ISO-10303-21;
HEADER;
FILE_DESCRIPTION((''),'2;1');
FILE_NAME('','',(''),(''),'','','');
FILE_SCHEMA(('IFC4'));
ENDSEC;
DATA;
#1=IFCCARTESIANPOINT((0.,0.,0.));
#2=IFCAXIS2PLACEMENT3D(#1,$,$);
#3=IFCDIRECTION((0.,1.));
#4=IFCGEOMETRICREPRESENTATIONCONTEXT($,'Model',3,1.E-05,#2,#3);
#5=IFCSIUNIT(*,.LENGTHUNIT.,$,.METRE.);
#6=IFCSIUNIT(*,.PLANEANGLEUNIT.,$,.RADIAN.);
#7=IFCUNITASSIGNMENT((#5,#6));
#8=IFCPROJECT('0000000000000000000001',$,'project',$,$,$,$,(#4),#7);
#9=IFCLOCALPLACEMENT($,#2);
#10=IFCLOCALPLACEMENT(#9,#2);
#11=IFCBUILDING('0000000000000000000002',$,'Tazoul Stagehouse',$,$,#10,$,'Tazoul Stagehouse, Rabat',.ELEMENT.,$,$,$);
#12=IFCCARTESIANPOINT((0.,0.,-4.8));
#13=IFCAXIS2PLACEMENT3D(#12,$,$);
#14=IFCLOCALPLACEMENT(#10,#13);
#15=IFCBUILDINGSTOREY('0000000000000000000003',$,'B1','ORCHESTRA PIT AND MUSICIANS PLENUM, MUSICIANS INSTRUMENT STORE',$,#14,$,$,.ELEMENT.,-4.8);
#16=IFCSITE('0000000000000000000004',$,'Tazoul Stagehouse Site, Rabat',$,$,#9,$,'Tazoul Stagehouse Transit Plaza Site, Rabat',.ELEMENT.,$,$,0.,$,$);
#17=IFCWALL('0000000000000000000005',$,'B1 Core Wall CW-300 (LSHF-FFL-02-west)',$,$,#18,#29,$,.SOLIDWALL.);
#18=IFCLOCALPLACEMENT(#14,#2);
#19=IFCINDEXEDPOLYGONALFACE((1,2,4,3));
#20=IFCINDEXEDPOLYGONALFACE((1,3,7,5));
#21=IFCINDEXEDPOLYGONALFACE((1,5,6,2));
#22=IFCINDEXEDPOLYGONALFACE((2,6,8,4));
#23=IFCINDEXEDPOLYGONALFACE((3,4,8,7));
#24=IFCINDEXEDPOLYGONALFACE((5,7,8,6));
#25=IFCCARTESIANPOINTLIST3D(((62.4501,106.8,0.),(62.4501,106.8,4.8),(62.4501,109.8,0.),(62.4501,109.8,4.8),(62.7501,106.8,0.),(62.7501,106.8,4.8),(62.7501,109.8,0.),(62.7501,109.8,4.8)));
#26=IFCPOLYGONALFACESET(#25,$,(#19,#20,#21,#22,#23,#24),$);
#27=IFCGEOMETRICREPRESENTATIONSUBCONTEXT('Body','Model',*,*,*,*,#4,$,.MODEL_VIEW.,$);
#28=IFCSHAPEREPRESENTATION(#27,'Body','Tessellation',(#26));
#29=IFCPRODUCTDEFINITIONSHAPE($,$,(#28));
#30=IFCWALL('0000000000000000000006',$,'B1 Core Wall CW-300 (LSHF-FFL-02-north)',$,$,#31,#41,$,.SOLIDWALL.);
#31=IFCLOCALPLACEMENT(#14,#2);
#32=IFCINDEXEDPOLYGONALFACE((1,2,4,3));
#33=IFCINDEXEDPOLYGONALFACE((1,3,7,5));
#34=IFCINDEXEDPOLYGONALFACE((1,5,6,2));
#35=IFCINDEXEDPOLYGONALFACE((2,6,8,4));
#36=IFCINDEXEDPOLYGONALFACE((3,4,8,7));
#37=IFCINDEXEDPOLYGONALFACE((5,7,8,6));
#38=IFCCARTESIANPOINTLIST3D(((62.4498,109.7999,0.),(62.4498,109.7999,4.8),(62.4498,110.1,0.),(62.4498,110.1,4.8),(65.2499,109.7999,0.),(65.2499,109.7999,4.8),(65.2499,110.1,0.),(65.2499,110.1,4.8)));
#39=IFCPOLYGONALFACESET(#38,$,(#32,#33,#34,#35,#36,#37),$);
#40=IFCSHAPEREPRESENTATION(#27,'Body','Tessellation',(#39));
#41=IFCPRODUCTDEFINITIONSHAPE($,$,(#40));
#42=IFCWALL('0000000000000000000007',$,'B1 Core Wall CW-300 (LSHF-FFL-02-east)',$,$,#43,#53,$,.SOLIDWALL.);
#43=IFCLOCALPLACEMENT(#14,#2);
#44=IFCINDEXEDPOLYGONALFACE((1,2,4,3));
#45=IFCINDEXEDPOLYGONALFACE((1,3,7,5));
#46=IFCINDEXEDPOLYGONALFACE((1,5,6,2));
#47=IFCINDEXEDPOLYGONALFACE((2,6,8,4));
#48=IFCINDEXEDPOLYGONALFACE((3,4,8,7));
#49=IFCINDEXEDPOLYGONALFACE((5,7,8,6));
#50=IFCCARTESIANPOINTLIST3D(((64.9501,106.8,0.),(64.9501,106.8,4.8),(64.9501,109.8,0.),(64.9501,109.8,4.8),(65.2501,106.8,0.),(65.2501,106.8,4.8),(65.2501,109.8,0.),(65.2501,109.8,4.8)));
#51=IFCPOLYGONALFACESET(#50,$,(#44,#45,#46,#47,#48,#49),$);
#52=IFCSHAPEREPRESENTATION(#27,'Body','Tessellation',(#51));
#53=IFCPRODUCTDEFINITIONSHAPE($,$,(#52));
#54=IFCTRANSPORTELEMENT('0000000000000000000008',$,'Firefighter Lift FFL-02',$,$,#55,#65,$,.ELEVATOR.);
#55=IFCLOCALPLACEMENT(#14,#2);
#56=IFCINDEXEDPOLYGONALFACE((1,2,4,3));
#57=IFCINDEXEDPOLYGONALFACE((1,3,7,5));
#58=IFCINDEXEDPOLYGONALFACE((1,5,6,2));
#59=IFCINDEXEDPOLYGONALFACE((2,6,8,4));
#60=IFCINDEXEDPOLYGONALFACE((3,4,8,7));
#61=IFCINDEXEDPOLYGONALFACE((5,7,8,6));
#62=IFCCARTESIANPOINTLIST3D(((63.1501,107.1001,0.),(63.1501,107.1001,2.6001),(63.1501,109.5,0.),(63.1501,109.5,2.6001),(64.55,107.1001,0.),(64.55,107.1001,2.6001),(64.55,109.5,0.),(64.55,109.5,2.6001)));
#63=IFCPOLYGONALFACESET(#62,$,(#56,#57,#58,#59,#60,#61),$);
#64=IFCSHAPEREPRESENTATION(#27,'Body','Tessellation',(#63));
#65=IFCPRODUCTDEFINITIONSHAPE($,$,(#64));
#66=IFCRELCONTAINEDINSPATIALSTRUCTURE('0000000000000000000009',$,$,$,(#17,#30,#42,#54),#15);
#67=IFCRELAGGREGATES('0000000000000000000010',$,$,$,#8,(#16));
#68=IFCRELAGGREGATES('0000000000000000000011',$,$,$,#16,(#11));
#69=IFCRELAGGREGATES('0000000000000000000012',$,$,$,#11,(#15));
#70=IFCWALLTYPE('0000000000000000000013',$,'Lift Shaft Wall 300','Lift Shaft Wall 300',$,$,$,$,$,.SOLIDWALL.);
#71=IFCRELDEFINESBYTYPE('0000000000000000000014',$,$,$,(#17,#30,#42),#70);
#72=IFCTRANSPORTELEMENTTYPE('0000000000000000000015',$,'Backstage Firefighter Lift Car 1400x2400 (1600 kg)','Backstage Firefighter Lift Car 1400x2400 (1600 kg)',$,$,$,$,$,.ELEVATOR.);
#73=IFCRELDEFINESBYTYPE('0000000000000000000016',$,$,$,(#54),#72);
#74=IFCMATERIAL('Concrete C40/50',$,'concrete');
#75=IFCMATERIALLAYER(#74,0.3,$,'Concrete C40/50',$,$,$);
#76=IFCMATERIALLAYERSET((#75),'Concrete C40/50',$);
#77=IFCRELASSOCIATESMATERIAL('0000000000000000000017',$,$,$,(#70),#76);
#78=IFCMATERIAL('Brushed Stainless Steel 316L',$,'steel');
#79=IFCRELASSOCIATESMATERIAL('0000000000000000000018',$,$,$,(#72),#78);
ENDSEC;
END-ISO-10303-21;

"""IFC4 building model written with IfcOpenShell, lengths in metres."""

from ifc_helpers import new_model, si_unit, direction, frame, frame_2d, origin, origin_2d, place, context, subcontext, project, spatial, rectangle, extrude, material, layer, layer_set, type_object, element, save


model = new_model("IFC4")

# Units and contexts
model_context = context("Model", 3, precision=1e-05, world=origin(), true_north=direction((0.0, 1.0)))
body_context = subcontext(model_context, "Body", "Model", "MODEL_VIEW")
ifc_project = project(units=[si_unit("LENGTHUNIT", "METRE"), si_unit("PLANEANGLEUNIT", "RADIAN")], contexts=[model_context])

# Site, building, storey
site_placement = place(None, origin())
site = spatial("IfcSite", under=ifc_project, at=site_placement, Name="Tazoul Stagehouse Site, Rabat", LongName="Tazoul Stagehouse Transit Plaza Site, Rabat", CompositionType="ELEMENT", RefElevation=0.0)
building_placement = place(site_placement, origin())
building = spatial("IfcBuilding", under=site, at=building_placement, Name="Tazoul Stagehouse", LongName="Tazoul Stagehouse, Rabat", CompositionType="ELEMENT")
storey_placement = place(building_placement, frame((0.0, 0.0, -4.8)))
storey = spatial("IfcBuildingStorey", under=building, at=storey_placement, Name="B1", Description="ORCHESTRA PIT AND MUSICIANS PLENUM, MUSICIANS INSTRUMENT STORE", CompositionType="ELEMENT", Elevation=-4.8)

# Shared definitions
ifc_material_1 = material(Name="Concrete C40/50", Category="concrete")

# Shared definitions
ifc_layer_1 = layer(ifc_material_1, 0.3, Name="Concrete C40/50")
ifc_layer_set_1 = layer_set([ifc_layer_1], Name="Concrete C40/50")
wall_type_1 = type_object("IfcWallType", Name="Lift Shaft Wall 300", Description="Lift Shaft Wall 300", PredefinedType="SOLIDWALL", material=ifc_layer_set_1)

# Walls
wall_1_placement = place(storey_placement, frame((62.6001, 106.8, 0.0), z_axis=(0.0, 0.0, 1.0), x_axis=(0.0, 1.0, 0.0)))
element("IfcWall", 1, at=wall_1_placement, inside=storey, type_object=wall_type_1, Name="B1 Core Wall CW-300 (LSHF-FFL-02-west)", PredefinedType="SOLIDWALL", context=body_context, shape_type="SweptSolid", body=[
    extrude(rectangle(XDim=3.0, YDim=0.3, at=frame_2d((1.5, 0.0))), origin(), (0.0, 0.0, 1.0), 4.8),
])
wall_2_placement = place(storey_placement, frame((62.45, 109.95, 0.0), z_axis=(0.0, 0.0, 1.0), x_axis=(1.0, 0.0, 0.0)))
element("IfcWall", 2, at=wall_2_placement, inside=storey, type_object=wall_type_1, Name="B1 Core Wall CW-300 (LSHF-FFL-02-north)", PredefinedType="SOLIDWALL", context=body_context, shape_type="SweptSolid", body=[
    extrude(rectangle(XDim=2.8, YDim=0.3, at=frame_2d((1.3999, 0.0))), origin(), (0.0, 0.0, 1.0), 4.8),
])
wall_3_placement = place(storey_placement, frame((65.1001, 109.8, 0.0), z_axis=(0.0, 0.0, 1.0), x_axis=(0.0, -1.0, 0.0)))
element("IfcWall", 3, at=wall_3_placement, inside=storey, type_object=wall_type_1, Name="B1 Core Wall CW-300 (LSHF-FFL-02-east)", PredefinedType="SOLIDWALL", context=body_context, shape_type="SweptSolid", body=[
    extrude(rectangle(XDim=3.0, YDim=0.3, at=frame_2d((1.5, 0.0))), origin(), (0.0, 0.0, 1.0), 4.8),
])

# Transport element
ifc_material_2 = material(Name="Brushed Stainless Steel 316L", Category="steel")
transport_element_type = type_object("IfcTransportElementType", Name="Backstage Firefighter Lift Car 1400x2400 (1600 kg)", Description="Backstage Firefighter Lift Car 1400x2400 (1600 kg)", PredefinedType="ELEVATOR", material=ifc_material_2)
transport_element_placement = place(storey_placement, frame((63.8501, 108.3, 0.0), z_axis=(0.0, 0.0, 1.0), x_axis=(1.0, 0.0, 0.0)))
element("IfcTransportElement", 4, at=transport_element_placement, inside=storey, type_object=transport_element_type, Name="Firefighter Lift FFL-02", PredefinedType="ELEVATOR", context=body_context, shape_type="SweptSolid", body=[
    extrude(rectangle(XDim=1.3999, YDim=2.3999, at=origin_2d()), origin(), (0.0, 0.0, 1.0), 2.6001),
])

save(model, "model.ifc")
